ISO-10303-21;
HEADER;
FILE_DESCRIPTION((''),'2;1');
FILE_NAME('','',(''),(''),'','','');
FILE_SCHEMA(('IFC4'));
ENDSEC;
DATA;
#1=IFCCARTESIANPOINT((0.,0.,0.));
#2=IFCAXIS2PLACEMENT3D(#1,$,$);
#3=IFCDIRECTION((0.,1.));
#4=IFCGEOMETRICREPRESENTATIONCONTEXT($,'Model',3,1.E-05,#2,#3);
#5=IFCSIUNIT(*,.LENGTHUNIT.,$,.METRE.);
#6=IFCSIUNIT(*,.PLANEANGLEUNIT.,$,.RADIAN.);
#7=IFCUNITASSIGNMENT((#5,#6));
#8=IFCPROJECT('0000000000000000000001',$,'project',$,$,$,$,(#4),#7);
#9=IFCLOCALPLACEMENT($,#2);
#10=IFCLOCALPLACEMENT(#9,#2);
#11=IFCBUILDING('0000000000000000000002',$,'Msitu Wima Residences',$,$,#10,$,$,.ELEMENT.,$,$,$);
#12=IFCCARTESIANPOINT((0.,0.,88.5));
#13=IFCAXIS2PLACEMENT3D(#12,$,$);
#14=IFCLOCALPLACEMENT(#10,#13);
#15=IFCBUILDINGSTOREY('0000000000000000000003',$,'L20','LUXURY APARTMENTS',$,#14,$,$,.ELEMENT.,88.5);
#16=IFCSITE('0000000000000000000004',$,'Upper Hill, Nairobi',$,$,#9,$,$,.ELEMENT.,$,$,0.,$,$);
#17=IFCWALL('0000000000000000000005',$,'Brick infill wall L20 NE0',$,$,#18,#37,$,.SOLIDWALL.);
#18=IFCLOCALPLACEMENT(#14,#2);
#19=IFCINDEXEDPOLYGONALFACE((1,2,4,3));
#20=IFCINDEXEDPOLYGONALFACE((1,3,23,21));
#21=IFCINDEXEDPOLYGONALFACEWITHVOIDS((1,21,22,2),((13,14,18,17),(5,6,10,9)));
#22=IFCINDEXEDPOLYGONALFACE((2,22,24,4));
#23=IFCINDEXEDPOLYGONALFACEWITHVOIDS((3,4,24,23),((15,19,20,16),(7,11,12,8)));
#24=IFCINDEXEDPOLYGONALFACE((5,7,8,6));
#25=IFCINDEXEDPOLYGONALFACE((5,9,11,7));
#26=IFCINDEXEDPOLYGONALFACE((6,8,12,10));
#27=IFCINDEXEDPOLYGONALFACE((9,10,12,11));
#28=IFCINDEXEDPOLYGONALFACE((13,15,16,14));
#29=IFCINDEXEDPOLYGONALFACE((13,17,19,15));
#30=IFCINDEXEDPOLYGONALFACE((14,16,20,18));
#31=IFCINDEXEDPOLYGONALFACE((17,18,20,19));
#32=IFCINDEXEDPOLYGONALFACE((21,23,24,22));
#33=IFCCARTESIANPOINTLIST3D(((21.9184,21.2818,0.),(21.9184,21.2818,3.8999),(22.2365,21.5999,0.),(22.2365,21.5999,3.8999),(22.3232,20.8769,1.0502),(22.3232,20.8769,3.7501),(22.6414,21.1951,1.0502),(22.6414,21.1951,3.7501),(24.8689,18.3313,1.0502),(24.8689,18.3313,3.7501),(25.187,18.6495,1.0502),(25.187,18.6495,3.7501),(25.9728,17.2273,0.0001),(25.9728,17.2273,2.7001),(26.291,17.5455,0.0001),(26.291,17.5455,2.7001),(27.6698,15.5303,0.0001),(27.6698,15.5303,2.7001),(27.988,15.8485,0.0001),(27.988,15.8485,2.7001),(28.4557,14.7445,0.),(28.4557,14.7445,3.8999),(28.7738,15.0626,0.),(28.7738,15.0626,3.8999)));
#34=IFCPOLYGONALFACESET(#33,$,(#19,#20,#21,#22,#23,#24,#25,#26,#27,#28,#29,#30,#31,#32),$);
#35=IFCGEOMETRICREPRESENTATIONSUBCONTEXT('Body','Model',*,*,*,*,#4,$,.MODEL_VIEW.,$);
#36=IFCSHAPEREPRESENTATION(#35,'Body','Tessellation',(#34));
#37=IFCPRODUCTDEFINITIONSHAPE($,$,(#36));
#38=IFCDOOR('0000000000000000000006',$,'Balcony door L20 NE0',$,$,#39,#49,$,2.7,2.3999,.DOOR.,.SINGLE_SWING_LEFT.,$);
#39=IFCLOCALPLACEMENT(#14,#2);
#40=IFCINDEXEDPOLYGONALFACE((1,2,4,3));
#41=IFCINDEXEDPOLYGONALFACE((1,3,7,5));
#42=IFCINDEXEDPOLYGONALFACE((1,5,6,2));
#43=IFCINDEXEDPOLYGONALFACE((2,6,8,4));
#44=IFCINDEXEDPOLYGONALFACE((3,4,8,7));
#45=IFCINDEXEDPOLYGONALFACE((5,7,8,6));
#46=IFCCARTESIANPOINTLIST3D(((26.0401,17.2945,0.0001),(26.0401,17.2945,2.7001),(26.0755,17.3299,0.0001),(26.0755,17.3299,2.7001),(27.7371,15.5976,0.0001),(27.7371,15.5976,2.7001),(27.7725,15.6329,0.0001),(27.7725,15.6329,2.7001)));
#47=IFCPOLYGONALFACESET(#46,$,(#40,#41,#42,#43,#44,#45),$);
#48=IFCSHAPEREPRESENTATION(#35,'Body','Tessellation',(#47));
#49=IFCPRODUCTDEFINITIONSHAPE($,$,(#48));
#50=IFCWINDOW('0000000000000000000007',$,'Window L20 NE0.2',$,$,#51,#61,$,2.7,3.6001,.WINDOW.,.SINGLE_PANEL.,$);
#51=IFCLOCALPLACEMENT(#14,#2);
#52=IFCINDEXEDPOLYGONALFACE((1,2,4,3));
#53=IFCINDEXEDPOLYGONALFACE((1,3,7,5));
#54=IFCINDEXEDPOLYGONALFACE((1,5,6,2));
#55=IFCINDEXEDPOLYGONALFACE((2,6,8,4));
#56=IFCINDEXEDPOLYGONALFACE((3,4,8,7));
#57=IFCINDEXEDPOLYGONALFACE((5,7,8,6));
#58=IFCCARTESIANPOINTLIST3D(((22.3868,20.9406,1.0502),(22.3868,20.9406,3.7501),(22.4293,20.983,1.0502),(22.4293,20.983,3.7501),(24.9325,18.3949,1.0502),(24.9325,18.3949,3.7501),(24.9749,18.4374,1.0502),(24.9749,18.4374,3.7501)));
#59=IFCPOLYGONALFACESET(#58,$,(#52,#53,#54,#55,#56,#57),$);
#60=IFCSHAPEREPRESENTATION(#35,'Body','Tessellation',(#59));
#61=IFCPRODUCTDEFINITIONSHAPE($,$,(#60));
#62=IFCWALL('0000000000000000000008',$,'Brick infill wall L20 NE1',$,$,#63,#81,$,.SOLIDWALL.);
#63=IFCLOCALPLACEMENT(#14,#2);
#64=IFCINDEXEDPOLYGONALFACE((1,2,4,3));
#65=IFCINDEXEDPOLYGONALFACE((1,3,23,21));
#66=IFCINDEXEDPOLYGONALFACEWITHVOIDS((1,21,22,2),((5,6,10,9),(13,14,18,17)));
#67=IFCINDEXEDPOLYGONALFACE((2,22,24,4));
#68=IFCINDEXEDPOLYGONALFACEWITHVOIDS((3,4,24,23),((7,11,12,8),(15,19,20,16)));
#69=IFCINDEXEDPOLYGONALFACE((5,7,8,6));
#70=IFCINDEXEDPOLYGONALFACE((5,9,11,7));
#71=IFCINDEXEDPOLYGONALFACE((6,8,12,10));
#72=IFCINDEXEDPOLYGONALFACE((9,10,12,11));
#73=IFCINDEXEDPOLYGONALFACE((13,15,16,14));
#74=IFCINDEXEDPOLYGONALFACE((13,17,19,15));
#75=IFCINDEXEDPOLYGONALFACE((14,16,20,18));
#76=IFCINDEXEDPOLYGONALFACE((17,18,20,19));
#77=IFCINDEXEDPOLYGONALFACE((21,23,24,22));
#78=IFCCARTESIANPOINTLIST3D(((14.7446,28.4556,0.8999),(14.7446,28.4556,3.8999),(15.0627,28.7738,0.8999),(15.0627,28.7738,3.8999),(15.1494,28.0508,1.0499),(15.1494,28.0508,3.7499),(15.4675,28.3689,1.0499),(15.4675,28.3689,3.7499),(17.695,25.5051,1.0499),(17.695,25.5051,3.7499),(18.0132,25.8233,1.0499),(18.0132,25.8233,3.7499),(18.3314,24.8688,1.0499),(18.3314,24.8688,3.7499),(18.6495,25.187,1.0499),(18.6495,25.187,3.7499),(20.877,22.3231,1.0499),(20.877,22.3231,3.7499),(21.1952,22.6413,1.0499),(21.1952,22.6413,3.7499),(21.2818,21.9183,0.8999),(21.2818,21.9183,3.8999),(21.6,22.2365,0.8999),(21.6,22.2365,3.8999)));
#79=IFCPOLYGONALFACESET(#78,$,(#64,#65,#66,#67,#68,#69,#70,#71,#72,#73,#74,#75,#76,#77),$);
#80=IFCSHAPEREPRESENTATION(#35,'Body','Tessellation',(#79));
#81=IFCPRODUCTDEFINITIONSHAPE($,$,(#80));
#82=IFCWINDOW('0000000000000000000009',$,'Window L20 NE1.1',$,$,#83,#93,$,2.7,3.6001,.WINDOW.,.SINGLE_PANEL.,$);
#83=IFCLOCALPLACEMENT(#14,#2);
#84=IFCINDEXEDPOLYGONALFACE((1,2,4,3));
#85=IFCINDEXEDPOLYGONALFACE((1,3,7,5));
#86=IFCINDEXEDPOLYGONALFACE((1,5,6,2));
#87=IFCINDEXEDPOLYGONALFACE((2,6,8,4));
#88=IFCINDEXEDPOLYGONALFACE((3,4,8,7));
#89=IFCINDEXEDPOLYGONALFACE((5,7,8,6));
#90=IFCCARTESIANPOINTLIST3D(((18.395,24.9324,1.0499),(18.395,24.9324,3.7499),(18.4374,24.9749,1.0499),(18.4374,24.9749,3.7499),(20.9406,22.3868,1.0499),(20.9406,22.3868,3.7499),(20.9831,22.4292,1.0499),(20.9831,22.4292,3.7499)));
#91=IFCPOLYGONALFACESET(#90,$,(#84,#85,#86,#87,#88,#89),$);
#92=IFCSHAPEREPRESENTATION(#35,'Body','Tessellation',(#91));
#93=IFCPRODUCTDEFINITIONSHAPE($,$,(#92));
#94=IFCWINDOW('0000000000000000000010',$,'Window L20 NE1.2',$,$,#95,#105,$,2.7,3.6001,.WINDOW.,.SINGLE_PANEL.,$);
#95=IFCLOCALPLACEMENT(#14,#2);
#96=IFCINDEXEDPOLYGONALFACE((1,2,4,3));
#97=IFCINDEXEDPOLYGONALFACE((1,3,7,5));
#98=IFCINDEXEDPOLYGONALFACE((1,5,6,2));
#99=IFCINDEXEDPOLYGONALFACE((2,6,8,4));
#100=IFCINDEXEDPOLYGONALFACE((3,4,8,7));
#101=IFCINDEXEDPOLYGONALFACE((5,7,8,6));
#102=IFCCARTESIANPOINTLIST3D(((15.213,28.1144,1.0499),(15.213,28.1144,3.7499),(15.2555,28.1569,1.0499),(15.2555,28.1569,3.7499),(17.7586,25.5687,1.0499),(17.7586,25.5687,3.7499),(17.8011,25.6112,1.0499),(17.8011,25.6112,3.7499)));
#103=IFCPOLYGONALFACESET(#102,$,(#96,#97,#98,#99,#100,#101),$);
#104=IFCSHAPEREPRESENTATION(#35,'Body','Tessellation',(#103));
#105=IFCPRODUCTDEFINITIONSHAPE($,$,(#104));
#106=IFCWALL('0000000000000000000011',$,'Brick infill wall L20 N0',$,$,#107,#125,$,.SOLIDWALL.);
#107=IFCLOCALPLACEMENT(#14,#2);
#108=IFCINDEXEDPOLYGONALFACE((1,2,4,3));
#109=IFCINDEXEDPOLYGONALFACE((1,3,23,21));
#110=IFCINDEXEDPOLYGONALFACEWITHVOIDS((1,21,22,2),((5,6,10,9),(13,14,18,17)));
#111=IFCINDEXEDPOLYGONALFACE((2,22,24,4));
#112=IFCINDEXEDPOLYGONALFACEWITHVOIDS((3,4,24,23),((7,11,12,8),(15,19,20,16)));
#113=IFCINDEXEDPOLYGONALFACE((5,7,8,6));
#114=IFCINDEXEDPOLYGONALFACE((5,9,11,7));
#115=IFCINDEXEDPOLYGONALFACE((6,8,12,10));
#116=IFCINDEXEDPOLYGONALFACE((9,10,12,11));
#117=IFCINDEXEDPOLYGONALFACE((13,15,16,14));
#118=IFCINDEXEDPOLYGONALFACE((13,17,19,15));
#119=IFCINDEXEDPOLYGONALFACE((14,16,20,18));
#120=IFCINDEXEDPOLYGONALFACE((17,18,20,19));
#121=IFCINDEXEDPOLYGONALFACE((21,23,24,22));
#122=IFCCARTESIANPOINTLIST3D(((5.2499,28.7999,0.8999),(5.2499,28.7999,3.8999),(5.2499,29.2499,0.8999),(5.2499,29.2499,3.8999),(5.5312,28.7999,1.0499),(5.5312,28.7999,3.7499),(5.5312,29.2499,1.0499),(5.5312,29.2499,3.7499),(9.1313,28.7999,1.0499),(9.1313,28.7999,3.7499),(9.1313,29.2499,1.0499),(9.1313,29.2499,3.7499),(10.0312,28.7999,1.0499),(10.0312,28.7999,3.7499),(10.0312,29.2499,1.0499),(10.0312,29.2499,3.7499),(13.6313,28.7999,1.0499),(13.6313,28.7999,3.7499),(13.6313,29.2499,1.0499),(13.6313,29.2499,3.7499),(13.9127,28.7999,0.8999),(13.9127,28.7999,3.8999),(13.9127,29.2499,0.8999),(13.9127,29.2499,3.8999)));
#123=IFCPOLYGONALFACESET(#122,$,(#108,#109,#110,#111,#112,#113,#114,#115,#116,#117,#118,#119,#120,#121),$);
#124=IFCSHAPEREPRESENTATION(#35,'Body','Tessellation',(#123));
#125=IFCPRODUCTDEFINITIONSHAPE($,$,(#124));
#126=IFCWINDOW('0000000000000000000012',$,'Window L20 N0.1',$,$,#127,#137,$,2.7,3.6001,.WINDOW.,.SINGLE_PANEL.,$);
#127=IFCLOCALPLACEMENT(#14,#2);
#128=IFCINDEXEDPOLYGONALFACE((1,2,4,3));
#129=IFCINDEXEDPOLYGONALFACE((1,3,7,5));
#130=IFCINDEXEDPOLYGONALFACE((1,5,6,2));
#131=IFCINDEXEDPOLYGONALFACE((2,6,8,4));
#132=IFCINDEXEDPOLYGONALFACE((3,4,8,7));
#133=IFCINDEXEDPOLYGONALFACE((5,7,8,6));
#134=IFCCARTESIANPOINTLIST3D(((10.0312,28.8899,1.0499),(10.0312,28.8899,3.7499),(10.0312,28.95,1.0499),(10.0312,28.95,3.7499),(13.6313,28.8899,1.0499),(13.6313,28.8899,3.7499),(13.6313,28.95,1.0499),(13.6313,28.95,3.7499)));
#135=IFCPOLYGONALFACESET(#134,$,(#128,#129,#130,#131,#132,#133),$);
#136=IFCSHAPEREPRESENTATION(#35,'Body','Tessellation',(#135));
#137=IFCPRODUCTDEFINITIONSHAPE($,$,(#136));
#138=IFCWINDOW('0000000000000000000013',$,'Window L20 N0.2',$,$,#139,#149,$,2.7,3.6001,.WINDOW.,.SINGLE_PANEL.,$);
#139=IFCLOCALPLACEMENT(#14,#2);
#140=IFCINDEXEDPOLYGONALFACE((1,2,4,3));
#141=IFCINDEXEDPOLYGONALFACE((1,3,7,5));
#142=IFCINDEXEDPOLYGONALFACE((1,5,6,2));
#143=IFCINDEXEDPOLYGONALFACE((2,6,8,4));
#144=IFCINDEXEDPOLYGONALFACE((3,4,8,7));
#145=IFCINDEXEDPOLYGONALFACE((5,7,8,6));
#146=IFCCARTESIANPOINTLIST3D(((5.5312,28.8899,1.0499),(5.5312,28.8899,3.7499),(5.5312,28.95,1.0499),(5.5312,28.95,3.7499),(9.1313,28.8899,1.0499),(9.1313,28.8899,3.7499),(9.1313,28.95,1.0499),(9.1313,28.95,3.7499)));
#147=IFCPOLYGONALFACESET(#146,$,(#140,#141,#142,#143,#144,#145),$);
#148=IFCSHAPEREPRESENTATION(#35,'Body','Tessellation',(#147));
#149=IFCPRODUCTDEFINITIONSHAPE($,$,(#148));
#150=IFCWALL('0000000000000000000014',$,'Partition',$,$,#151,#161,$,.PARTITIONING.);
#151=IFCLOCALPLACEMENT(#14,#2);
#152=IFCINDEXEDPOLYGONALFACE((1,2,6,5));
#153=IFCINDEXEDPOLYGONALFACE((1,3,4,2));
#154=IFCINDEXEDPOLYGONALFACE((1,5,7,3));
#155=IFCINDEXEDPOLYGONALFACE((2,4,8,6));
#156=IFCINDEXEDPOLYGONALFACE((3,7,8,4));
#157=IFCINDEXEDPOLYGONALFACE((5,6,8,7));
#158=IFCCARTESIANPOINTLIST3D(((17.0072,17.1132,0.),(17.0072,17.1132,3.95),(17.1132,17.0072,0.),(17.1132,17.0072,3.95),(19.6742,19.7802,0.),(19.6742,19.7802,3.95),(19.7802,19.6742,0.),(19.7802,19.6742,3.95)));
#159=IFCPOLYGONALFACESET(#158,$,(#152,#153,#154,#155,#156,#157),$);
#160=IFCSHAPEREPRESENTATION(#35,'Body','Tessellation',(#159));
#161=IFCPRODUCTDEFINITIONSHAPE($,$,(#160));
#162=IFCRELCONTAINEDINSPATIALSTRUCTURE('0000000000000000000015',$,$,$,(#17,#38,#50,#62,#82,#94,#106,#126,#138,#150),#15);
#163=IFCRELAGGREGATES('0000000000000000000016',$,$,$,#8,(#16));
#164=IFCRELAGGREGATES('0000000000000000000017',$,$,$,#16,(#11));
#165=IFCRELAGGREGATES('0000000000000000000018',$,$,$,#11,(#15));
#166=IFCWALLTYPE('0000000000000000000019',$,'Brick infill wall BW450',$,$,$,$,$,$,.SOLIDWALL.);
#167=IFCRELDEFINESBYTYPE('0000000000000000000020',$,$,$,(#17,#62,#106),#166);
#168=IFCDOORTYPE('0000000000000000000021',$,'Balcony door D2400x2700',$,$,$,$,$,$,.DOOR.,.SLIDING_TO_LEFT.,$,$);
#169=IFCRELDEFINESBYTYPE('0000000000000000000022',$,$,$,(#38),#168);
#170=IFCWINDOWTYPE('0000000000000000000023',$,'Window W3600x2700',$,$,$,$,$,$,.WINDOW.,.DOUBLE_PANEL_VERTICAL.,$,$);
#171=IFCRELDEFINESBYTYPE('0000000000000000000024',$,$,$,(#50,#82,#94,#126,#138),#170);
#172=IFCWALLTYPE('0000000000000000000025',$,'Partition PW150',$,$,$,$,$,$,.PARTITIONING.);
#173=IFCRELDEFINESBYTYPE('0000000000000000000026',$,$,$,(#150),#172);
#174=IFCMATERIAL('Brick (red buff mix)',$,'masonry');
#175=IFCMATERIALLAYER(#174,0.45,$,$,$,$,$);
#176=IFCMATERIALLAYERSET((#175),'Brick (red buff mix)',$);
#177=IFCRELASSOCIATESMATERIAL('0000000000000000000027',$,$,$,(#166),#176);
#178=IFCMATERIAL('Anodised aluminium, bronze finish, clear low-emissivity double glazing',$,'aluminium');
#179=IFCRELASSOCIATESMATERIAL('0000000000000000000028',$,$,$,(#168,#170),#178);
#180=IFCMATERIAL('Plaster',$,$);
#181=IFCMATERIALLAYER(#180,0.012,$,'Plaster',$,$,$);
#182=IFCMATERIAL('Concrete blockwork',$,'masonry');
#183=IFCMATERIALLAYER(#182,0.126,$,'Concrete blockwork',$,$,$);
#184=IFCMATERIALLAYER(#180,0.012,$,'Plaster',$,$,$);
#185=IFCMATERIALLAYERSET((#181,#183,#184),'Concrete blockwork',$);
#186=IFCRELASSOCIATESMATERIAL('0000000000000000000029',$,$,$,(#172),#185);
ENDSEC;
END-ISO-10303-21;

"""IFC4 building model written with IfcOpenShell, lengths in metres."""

from ifc_helpers import new_model, si_unit, direction, frame, frame_2d, origin, place, context, subcontext, project, spatial, rectangle, extrude, material, layer, layer_set, type_object, element, fill, save


model = new_model("IFC4")

# Units and contexts
model_context = context("Model", 3, precision=1e-05, world=origin(), true_north=direction((0.0, 1.0)))
body_context = subcontext(model_context, "Body", "Model", "MODEL_VIEW")
ifc_project = project(units=[si_unit("LENGTHUNIT", "METRE"), si_unit("PLANEANGLEUNIT", "RADIAN")], contexts=[model_context])

# Site, building, storey
site_placement = place(None, origin())
site = spatial("IfcSite", under=ifc_project, at=site_placement, Name="Upper Hill, Nairobi", CompositionType="ELEMENT", RefElevation=0.0)
building_placement = place(site_placement, origin())
building = spatial("IfcBuilding", under=site, at=building_placement, Name="Msitu Wima Residences", CompositionType="ELEMENT")
storey_placement = place(building_placement, frame((0.0, 0.0, 88.5)))
storey = spatial("IfcBuildingStorey", under=building, at=storey_placement, Name="L20", Description="LUXURY APARTMENTS", CompositionType="ELEMENT", Elevation=88.5)

# Wall, openings, door, window
ifc_material_1 = material(Name="Brick (red buff mix)", Category="masonry")
ifc_layer_1 = layer(ifc_material_1, 0.45)
ifc_layer_set_1 = layer_set([ifc_layer_1], Name="Brick (red buff mix)")
wall_type_1 = type_object("IfcWallType", Name="Brick infill wall BW450", PredefinedType="SOLIDWALL", material=ifc_layer_set_1)
wall_1_placement = place(storey_placement, frame((28.6147, 14.9036, 0.0), z_axis=(0.0, 0.0, 1.0), x_axis=(-0.707107, 0.707107, 0.0)))
wall_1 = element("IfcWall", 1, at=wall_1_placement, inside=storey, type_object=wall_type_1, Name="Brick infill wall L20 NE0", PredefinedType="SOLIDWALL", context=body_context, shape_type="SweptSolid", body=[
    extrude(rectangle(XDim=9.2451, YDim=0.45, at=frame_2d((4.6226, 0.0))), origin(), (0.0, 0.0, 1.0), 3.8999),
])
opening_1_placement = place(wall_1_placement, frame((1.1113, 0.0, 0.0)))
opening_1 = element("IfcOpeningElement", 2, at=opening_1_placement, cuts=wall_1, PredefinedType="OPENING", context=body_context, shape_type="SweptSolid", body=[
    extrude(rectangle(XDim=2.3999, YDim=2.7, at=frame_2d((1.2, 1.3501))), frame((0.0, 0.2349, 0.0), z_axis=(0.0, -1.0, 0.0), x_axis=(1.0, 0.0, 0.0)), (0.0, 0.0, 1.0), 0.47),
])
opening_2_placement = place(wall_1_placement, frame((5.0725, 0.0, 1.05)))
opening_2 = element("IfcOpeningElement", 3, at=opening_2_placement, cuts=wall_1, PredefinedType="OPENING", context=body_context, shape_type="SweptSolid", body=[
    extrude(rectangle(XDim=3.6001, YDim=2.7, at=frame_2d((1.8, 1.3501))), frame((0.0, 0.2349, 0.0), z_axis=(0.0, -1.0, 0.0), x_axis=(1.0, 0.0, 0.0)), (0.0, 0.0, 1.0), 0.47),
])
ifc_material_2 = material(Name="Anodised aluminium, bronze finish, clear low-emissivity double glazing", Category="aluminium")
door_type_1 = type_object("IfcDoorType", Name="Balcony door D2400x2700", OperationType="SLIDING_TO_LEFT", PredefinedType="DOOR", material=ifc_material_2)
door_1_placement = place(opening_1_placement, origin())
door_1 = element("IfcDoor", 4, at=door_1_placement, inside=storey, type_object=door_type_1, Name="Balcony door L20 NE0", OperationType="SINGLE_SWING_LEFT", OverallHeight=2.7, OverallWidth=2.3999, PredefinedType="DOOR", context=body_context, shape_type="SweptSolid", body=[
    extrude(rectangle(XDim=2.3999, YDim=2.7, at=frame_2d((1.2, 1.3501))), frame((0.0, 0.1299, 0.0), z_axis=(0.0, -1.0, 0.0), x_axis=(1.0, 0.0, 0.0)), (0.0, 0.0, 1.0), 0.05),
])
fill(opening_1, door_1)
window_type = type_object("IfcWindowType", Name="Window W3600x2700", PartitioningType="DOUBLE_PANEL_VERTICAL", PredefinedType="WINDOW", material=ifc_material_2)
window_1_placement = place(opening_2_placement, origin())
window_1 = element("IfcWindow", 5, at=window_1_placement, inside=storey, type_object=window_type, Name="Window L20 NE0.2", OverallHeight=2.7, OverallWidth=3.6001, PartitioningType="SINGLE_PANEL", PredefinedType="WINDOW", context=body_context, shape_type="SweptSolid", body=[
    extrude(rectangle(XDim=3.6001, YDim=2.7, at=frame_2d((1.8, 1.3501))), frame((0.0, 0.135, 0.0), z_axis=(0.0, -1.0, 0.0), x_axis=(1.0, 0.0, 0.0)), (0.0, 0.0, 1.0), 0.0601),
])
fill(opening_2, window_1)

# Walls, openings, windows
wall_2_placement = place(storey_placement, frame((21.4409, 22.0774, 0.8999), z_axis=(0.0, 0.0, 1.0), x_axis=(-0.707107, 0.707107, 0.0)))
wall_2 = element("IfcWall", 6, at=wall_2_placement, inside=storey, type_object=wall_type_1, Name="Brick infill wall L20 NE1", PredefinedType="SOLIDWALL", context=body_context, shape_type="SweptSolid", body=[
    extrude(rectangle(XDim=9.2451, YDim=0.45, at=frame_2d((4.6226, 0.0))), origin(), (0.0, 0.0, 1.0), 3.0),
])
opening_3_placement = place(wall_2_placement, frame((0.5725, 0.0, 0.1499)))
opening_3 = element("IfcOpeningElement", 7, at=opening_3_placement, cuts=wall_2, PredefinedType="OPENING", context=body_context, shape_type="SweptSolid", body=[
    extrude(rectangle(XDim=3.6001, YDim=2.7, at=frame_2d((1.8, 1.3501))), frame((0.0, 0.2349, 0.0), z_axis=(0.0, -1.0, 0.0), x_axis=(1.0, 0.0, 0.0)), (0.0, 0.0, 1.0), 0.47),
])
opening_4_placement = place(wall_2_placement, frame((5.0725, 0.0, 0.1499)))
opening_4 = element("IfcOpeningElement", 8, at=opening_4_placement, cuts=wall_2, PredefinedType="OPENING", context=body_context, shape_type="SweptSolid", body=[
    extrude(rectangle(XDim=3.6001, YDim=2.7, at=frame_2d((1.8, 1.3501))), frame((0.0, 0.2349, 0.0), z_axis=(0.0, -1.0, 0.0), x_axis=(1.0, 0.0, 0.0)), (0.0, 0.0, 1.0), 0.47),
])
window_2_placement = place(opening_3_placement, origin())
window_2 = element("IfcWindow", 9, at=window_2_placement, inside=storey, type_object=window_type, Name="Window L20 NE1.1", OverallHeight=2.7, OverallWidth=3.6001, PartitioningType="SINGLE_PANEL", PredefinedType="WINDOW", context=body_context, shape_type="SweptSolid", body=[
    extrude(rectangle(XDim=3.6001, YDim=2.7, at=frame_2d((1.8, 1.3501))), frame((0.0, 0.135, 0.0), z_axis=(0.0, -1.0, 0.0), x_axis=(1.0, 0.0, 0.0)), (0.0, 0.0, 1.0), 0.0601),
])
fill(opening_3, window_2)
window_3_placement = place(opening_4_placement, origin())
window_3 = element("IfcWindow", 10, at=window_3_placement, inside=storey, type_object=window_type, Name="Window L20 NE1.2", OverallHeight=2.7, OverallWidth=3.6001, PartitioningType="SINGLE_PANEL", PredefinedType="WINDOW", context=body_context, shape_type="SweptSolid", body=[
    extrude(rectangle(XDim=3.6001, YDim=2.7, at=frame_2d((1.8, 1.3501))), frame((0.0, 0.135, 0.0), z_axis=(0.0, -1.0, 0.0), x_axis=(1.0, 0.0, 0.0)), (0.0, 0.0, 1.0), 0.0601),
])
fill(opening_4, window_3)
wall_3_placement = place(storey_placement, frame((13.9128, 29.0249, 0.8999), z_axis=(0.0, 0.0, 1.0), x_axis=(-1.0, 0.0, 0.0)))
wall_3 = element("IfcWall", 11, at=wall_3_placement, inside=storey, type_object=wall_type_1, Name="Brick infill wall L20 N0", PredefinedType="SOLIDWALL", context=body_context, shape_type="SweptSolid", body=[
    extrude(rectangle(XDim=8.6628, YDim=0.45, at=frame_2d((4.3315, 0.0))), origin(), (0.0, 0.0, 1.0), 3.0),
])
opening_5_placement = place(wall_3_placement, frame((0.2815, 0.0, 0.1499)))
opening_5 = element("IfcOpeningElement", 12, at=opening_5_placement, cuts=wall_3, PredefinedType="OPENING", context=body_context, shape_type="SweptSolid", body=[
    extrude(rectangle(XDim=3.6001, YDim=2.7, at=frame_2d((1.8, 1.3501))), frame((0.0, 0.2349, 0.0), z_axis=(0.0, -1.0, 0.0), x_axis=(1.0, 0.0, 0.0)), (0.0, 0.0, 1.0), 0.47),
])
opening_6_placement = place(wall_3_placement, frame((4.7815, 0.0, 0.1499)))
opening_6 = element("IfcOpeningElement", 13, at=opening_6_placement, cuts=wall_3, PredefinedType="OPENING", context=body_context, shape_type="SweptSolid", body=[
    extrude(rectangle(XDim=3.6001, YDim=2.7, at=frame_2d((1.8, 1.3501))), frame((0.0, 0.2349, 0.0), z_axis=(0.0, -1.0, 0.0), x_axis=(1.0, 0.0, 0.0)), (0.0, 0.0, 1.0), 0.47),
])
window_4_placement = place(opening_5_placement, origin())
window_4 = element("IfcWindow", 14, at=window_4_placement, inside=storey, type_object=window_type, Name="Window L20 N0.1", OverallHeight=2.7, OverallWidth=3.6001, PartitioningType="SINGLE_PANEL", PredefinedType="WINDOW", context=body_context, shape_type="SweptSolid", body=[
    extrude(rectangle(XDim=3.6001, YDim=2.7, at=frame_2d((1.8, 1.3501))), frame((0.0, 0.135, 0.0), z_axis=(0.0, -1.0, 0.0), x_axis=(1.0, 0.0, 0.0)), (0.0, 0.0, 1.0), 0.0601),
])
fill(opening_5, window_4)
window_5_placement = place(opening_6_placement, origin())
window_5 = element("IfcWindow", 15, at=window_5_placement, inside=storey, type_object=window_type, Name="Window L20 N0.2", OverallHeight=2.7, OverallWidth=3.6001, PartitioningType="SINGLE_PANEL", PredefinedType="WINDOW", context=body_context, shape_type="SweptSolid", body=[
    extrude(rectangle(XDim=3.6001, YDim=2.7, at=frame_2d((1.8, 1.3501))), frame((0.0, 0.135, 0.0), z_axis=(0.0, -1.0, 0.0), x_axis=(1.0, 0.0, 0.0)), (0.0, 0.0, 1.0), 0.0601),
])
fill(opening_6, window_5)

# Wall
ifc_material_3 = material(Name="Plaster")
ifc_layer_2 = layer(ifc_material_3, 0.012, Name="Plaster")
ifc_material_4 = material(Name="Concrete blockwork", Category="masonry")
ifc_layer_3 = layer(ifc_material_4, 0.126, Name="Concrete blockwork")
ifc_layer_4 = layer(ifc_material_3, 0.012, Name="Plaster")
ifc_layer_set_2 = layer_set([ifc_layer_2, ifc_layer_3, ifc_layer_4], Name="Concrete blockwork")
wall_type_2 = type_object("IfcWallType", Name="Partition PW150", PredefinedType="PARTITIONING", material=ifc_layer_set_2)
wall_4_placement = place(storey_placement, frame((17.0603, 17.0603, 0.0), z_axis=(0.0, 0.0, 1.0), x_axis=(0.707107, 0.707107, 0.0)))
element("IfcWall", 16, at=wall_4_placement, inside=storey, type_object=wall_type_2, Name="Partition", PredefinedType="PARTITIONING", context=body_context, shape_type="SweptSolid", body=[
    extrude(rectangle(XDim=3.7717, YDim=0.1499, at=frame_2d((1.8857, 0.0))), origin(), (0.0, 0.0, 1.0), 3.95),
])

save(model, "model.ifc")
